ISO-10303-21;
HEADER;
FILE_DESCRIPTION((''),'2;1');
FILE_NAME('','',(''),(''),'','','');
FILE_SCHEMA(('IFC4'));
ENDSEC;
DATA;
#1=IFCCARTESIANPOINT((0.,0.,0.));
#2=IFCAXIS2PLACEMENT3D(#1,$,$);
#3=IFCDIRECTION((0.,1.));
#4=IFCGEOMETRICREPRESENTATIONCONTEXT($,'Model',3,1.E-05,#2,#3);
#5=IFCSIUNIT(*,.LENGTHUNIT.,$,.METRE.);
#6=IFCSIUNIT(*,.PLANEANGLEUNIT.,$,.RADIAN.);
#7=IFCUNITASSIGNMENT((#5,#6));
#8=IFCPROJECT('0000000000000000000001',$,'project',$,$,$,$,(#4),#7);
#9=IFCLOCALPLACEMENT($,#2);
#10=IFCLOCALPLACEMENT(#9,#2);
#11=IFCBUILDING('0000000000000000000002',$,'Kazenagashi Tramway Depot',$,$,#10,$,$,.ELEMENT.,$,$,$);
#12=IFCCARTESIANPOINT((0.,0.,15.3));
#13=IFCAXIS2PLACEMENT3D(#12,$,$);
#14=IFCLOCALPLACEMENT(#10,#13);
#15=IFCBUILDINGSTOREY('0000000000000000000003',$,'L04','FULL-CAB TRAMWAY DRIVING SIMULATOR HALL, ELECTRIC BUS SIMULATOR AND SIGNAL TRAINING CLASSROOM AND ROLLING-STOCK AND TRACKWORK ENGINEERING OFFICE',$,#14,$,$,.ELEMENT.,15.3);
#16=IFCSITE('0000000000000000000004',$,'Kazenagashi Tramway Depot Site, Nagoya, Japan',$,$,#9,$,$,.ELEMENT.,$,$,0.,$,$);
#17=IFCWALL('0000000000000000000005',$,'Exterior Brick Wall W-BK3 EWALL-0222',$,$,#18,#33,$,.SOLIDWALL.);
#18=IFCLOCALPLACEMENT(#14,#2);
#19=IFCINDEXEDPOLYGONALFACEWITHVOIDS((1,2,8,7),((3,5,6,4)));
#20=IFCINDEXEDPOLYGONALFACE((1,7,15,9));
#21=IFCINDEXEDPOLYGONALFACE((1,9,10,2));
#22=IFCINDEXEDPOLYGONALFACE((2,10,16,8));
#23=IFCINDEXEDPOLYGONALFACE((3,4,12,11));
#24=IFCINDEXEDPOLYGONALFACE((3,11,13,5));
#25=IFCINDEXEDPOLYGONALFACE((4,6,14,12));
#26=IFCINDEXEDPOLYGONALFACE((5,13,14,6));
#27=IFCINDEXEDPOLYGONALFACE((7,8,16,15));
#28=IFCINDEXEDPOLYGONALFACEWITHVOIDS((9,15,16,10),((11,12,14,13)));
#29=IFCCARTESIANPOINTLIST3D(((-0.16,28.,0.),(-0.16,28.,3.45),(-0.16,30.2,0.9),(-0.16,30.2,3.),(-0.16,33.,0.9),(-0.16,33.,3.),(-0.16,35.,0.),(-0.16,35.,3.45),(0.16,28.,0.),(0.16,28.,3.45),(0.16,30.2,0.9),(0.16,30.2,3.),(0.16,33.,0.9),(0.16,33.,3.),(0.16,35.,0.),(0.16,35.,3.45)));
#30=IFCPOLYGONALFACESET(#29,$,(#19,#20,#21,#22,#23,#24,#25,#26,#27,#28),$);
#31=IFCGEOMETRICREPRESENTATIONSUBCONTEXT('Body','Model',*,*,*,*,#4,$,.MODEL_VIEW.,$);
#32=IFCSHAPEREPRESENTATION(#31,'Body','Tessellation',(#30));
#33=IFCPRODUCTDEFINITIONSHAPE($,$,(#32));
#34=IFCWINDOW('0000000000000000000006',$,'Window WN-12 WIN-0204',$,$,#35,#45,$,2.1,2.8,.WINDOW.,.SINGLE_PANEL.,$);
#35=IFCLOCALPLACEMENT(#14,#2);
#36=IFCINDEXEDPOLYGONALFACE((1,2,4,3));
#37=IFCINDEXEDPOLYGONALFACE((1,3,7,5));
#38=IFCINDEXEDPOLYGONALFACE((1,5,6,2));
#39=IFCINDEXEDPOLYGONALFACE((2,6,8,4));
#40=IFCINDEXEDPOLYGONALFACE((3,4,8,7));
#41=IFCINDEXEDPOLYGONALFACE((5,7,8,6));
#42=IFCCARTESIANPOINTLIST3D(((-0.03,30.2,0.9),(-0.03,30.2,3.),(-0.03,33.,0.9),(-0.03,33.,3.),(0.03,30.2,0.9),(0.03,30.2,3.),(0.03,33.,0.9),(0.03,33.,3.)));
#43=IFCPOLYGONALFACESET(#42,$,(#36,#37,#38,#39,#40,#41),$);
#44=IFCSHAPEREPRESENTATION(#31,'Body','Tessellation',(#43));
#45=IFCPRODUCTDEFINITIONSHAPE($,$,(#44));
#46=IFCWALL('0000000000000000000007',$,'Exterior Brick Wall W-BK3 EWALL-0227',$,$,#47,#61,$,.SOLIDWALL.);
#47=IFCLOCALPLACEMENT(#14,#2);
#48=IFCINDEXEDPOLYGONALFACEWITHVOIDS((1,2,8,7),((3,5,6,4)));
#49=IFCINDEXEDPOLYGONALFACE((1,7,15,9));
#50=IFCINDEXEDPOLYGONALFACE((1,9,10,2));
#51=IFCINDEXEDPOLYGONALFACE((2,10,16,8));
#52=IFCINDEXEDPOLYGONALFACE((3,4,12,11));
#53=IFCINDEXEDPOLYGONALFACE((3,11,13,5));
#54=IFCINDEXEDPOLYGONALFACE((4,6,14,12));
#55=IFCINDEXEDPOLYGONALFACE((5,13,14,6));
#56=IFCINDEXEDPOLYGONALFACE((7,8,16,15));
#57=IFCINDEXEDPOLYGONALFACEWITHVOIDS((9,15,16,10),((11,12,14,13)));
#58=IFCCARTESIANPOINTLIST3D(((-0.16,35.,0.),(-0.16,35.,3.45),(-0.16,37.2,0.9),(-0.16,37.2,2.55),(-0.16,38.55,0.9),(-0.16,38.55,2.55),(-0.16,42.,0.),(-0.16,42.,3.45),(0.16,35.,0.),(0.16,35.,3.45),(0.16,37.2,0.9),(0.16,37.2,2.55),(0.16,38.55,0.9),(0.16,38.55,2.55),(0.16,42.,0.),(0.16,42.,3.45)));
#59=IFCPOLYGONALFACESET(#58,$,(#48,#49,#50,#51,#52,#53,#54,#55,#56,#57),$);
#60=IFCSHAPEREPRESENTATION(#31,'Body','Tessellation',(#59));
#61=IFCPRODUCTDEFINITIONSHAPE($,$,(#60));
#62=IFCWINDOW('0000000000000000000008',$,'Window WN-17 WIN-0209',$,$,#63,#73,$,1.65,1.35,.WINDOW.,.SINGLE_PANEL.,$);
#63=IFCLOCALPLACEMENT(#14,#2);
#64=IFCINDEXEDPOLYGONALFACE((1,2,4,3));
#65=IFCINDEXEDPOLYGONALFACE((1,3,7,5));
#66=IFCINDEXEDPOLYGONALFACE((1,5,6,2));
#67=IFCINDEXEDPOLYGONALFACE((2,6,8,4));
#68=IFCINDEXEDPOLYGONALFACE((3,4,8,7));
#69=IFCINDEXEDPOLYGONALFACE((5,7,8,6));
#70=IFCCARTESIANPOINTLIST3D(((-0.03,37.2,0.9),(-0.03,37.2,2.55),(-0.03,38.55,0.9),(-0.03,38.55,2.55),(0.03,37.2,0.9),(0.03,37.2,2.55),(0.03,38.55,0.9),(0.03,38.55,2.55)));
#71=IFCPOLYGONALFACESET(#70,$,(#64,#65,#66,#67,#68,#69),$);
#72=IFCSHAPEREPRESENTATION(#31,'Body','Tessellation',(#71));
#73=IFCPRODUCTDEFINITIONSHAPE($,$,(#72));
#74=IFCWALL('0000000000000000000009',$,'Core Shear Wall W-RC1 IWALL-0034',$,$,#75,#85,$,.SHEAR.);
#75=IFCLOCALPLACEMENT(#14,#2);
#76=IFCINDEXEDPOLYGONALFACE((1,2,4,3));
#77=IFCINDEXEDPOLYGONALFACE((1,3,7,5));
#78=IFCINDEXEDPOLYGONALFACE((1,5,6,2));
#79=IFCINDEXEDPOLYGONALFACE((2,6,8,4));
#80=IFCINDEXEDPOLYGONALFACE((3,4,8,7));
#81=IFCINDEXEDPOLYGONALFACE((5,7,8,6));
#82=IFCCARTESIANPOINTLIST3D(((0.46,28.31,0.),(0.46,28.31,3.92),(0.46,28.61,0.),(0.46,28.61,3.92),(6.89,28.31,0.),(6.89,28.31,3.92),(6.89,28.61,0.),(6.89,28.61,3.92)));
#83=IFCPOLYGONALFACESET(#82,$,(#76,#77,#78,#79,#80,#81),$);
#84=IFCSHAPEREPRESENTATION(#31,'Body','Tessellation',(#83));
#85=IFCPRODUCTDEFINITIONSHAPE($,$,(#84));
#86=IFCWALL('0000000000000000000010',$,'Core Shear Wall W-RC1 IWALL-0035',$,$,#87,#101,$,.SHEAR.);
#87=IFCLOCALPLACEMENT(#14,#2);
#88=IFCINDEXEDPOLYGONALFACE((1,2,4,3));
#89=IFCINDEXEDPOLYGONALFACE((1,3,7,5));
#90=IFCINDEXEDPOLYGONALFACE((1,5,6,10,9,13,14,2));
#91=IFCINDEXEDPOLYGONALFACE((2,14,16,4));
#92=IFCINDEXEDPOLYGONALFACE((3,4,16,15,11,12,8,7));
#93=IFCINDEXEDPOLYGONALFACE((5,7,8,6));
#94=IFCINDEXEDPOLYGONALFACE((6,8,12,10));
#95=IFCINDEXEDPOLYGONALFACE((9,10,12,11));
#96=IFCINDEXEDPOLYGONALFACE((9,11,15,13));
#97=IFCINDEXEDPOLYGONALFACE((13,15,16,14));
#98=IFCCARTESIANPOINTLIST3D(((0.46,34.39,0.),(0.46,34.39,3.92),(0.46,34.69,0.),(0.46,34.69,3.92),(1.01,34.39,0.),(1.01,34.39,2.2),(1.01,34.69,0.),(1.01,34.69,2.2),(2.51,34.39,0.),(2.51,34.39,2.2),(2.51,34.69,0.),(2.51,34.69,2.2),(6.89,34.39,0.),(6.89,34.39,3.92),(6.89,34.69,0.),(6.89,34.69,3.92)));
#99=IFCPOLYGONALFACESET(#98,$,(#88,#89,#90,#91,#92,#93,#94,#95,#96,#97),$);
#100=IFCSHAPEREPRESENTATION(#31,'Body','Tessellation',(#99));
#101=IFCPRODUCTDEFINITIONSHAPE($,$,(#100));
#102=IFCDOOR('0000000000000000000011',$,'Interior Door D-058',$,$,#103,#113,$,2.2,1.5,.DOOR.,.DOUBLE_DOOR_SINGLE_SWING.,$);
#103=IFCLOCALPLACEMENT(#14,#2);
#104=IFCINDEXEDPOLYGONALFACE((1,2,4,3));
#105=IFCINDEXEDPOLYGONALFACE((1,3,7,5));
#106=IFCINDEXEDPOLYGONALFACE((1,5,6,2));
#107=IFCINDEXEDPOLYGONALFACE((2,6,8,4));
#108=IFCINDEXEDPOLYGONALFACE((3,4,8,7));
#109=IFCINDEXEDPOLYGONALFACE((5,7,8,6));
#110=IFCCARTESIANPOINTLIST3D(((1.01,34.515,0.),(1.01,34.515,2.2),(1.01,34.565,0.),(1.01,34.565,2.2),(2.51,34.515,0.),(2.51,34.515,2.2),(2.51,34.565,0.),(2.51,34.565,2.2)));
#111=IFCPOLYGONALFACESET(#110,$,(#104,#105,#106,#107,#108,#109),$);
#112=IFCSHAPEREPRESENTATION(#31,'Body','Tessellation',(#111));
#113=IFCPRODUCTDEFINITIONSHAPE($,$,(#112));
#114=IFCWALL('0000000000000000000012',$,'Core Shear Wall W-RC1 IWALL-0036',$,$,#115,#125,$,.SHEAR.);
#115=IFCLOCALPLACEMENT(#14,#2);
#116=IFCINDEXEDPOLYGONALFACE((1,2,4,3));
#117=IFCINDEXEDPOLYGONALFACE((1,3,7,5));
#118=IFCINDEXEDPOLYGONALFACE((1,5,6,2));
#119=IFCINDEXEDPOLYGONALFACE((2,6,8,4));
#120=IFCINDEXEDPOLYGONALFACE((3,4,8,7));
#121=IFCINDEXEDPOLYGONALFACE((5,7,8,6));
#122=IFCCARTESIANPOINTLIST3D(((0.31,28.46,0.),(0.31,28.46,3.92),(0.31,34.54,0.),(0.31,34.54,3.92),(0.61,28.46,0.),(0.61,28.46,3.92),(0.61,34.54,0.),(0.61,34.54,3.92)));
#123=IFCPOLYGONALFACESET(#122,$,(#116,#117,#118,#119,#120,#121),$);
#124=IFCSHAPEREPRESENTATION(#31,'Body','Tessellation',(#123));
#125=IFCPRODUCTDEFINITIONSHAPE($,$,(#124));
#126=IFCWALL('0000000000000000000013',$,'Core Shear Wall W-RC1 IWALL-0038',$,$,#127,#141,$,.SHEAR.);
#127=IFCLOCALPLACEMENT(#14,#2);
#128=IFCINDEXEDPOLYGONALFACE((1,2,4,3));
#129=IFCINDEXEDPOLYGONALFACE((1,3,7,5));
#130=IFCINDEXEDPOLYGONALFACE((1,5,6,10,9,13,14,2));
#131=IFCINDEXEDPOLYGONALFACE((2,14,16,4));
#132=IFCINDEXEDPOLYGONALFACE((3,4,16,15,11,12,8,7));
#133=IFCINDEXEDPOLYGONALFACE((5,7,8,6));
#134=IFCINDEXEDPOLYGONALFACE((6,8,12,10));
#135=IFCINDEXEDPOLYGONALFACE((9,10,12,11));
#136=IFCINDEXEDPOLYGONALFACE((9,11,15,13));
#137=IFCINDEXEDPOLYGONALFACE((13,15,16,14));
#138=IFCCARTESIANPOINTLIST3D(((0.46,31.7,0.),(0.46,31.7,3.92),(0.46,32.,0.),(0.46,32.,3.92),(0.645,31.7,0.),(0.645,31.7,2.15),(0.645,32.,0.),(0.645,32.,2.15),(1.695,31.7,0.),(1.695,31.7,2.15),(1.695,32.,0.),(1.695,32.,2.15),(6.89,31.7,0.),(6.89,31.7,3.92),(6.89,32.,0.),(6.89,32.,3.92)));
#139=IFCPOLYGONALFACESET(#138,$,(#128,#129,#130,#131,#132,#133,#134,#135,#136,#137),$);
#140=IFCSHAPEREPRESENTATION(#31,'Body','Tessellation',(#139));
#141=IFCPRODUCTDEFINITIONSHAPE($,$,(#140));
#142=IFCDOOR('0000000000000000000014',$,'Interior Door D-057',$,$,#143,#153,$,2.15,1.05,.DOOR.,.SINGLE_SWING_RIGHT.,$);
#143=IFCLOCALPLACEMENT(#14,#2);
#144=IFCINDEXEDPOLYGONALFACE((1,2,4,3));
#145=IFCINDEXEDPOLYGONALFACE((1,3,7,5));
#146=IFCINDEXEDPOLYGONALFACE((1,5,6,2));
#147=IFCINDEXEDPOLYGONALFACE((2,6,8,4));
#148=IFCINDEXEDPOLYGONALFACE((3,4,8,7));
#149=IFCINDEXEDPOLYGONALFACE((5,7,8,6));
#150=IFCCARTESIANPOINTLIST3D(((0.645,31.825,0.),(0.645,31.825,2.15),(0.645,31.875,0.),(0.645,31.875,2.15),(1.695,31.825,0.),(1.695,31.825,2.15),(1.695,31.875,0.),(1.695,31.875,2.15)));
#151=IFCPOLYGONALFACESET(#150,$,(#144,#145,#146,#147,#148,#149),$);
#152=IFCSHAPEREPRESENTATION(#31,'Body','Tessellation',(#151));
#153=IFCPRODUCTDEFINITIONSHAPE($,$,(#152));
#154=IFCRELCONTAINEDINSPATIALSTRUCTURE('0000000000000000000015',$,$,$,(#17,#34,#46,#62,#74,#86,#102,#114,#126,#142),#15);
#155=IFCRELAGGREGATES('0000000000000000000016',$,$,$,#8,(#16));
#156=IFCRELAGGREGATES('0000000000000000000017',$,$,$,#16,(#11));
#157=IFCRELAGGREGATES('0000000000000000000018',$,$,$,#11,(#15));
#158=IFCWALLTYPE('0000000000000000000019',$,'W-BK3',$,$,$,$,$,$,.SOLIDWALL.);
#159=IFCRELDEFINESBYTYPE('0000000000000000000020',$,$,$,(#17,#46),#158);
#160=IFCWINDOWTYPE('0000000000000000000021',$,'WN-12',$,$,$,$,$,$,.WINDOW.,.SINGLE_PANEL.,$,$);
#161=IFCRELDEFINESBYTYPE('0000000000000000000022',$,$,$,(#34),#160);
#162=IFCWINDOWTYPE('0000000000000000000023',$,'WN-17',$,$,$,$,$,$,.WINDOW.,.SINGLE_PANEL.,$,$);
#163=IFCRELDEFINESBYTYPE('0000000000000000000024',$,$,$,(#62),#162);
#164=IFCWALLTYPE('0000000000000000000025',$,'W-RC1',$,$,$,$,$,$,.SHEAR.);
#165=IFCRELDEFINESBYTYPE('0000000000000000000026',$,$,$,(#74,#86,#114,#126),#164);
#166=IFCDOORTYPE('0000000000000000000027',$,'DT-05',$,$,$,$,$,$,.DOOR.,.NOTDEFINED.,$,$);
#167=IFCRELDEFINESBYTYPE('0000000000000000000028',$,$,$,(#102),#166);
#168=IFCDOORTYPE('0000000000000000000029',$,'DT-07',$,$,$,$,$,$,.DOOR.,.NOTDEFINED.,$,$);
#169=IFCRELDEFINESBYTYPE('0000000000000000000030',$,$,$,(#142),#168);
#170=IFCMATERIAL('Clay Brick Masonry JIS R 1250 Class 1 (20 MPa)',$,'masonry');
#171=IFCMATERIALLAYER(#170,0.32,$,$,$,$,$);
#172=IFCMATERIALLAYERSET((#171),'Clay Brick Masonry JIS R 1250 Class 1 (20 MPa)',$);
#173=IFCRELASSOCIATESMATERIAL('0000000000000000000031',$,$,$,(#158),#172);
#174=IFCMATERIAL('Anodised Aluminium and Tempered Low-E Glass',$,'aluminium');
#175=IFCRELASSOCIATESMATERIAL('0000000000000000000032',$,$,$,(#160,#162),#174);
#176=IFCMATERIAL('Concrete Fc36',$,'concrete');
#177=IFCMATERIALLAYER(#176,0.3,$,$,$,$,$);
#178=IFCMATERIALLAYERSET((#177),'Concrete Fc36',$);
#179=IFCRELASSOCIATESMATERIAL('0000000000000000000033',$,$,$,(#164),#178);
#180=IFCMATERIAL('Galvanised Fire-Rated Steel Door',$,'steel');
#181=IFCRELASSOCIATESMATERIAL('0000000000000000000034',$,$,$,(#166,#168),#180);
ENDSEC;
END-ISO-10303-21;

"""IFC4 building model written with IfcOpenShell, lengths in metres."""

from ifc_helpers import new_model, si_unit, direction, frame, frame_2d, origin, place, context, subcontext, project, spatial, rectangle, extrude, material, layer, layer_set, type_object, element, fill, save


model = new_model("IFC4")

# Units and contexts
model_context = context("Model", 3, precision=1e-05, world=origin(), true_north=direction((0.0, 1.0)))
body_context = subcontext(model_context, "Body", "Model", "MODEL_VIEW")
ifc_project = project(units=[si_unit("LENGTHUNIT", "METRE"), si_unit("PLANEANGLEUNIT", "RADIAN")], contexts=[model_context])

# Site, building, storey
site_placement = place(None, origin())
site = spatial("IfcSite", under=ifc_project, at=site_placement, Name="Kazenagashi Tramway Depot Site, Nagoya, Japan", CompositionType="ELEMENT", RefElevation=0.0)
building_placement = place(site_placement, origin())
building = spatial("IfcBuilding", under=site, at=building_placement, Name="Kazenagashi Tramway Depot", CompositionType="ELEMENT")
storey_placement = place(building_placement, frame((0.0, 0.0, 15.3)))
storey = spatial("IfcBuildingStorey", under=building, at=storey_placement, Name="L04", Description="FULL-CAB TRAMWAY DRIVING SIMULATOR HALL, ELECTRIC BUS SIMULATOR AND SIGNAL TRAINING CLASSROOM AND ROLLING-STOCK AND TRACKWORK ENGINEERING OFFICE", CompositionType="ELEMENT", Elevation=15.3)

# Walls, openings, windows
ifc_material_1 = material(Name="Clay Brick Masonry JIS R 1250 Class 1 (20 MPa)", Category="masonry")
ifc_layer_1 = layer(ifc_material_1, 0.32)
ifc_layer_set_1 = layer_set([ifc_layer_1], Name="Clay Brick Masonry JIS R 1250 Class 1 (20 MPa)")
wall_type_1 = type_object("IfcWallType", Name="W-BK3", PredefinedType="SOLIDWALL", material=ifc_layer_set_1)
wall_1_placement = place(storey_placement, frame((0.0, 28.0, 0.0), z_axis=(0.0, 0.0, 1.0), x_axis=(0.0, 1.0, 0.0)))
wall_1 = element("IfcWall", 1, at=wall_1_placement, inside=storey, type_object=wall_type_1, Name="Exterior Brick Wall W-BK3 EWALL-0222", PredefinedType="SOLIDWALL", context=body_context, shape_type="SweptSolid", body=[
    extrude(rectangle(XDim=7.0, YDim=0.32, at=frame_2d((3.5, 0.0))), origin(), (0.0, 0.0, 1.0), 3.45),
])
opening_1_placement = place(wall_1_placement, frame((2.2, 0.0, 0.9)))
opening_1 = element("IfcOpeningElement", 2, at=opening_1_placement, cuts=wall_1, PredefinedType="OPENING", context=body_context, shape_type="SweptSolid", body=[
    extrude(rectangle(XDim=2.8, YDim=2.1, at=frame_2d((1.4, 1.05))), frame((0.0, 0.17, 0.0), z_axis=(0.0, -1.0, 0.0), x_axis=(1.0, 0.0, 0.0)), (0.0, 0.0, 1.0), 0.34),
])
ifc_material_2 = material(Name="Anodised Aluminium and Tempered Low-E Glass", Category="aluminium")
window_type_1 = type_object("IfcWindowType", Name="WN-12", PartitioningType="SINGLE_PANEL", PredefinedType="WINDOW", material=ifc_material_2)
window_1_placement = place(opening_1_placement, origin())
window_1 = element("IfcWindow", 3, at=window_1_placement, inside=storey, type_object=window_type_1, Name="Window WN-12 WIN-0204", OverallHeight=2.1, OverallWidth=2.8, PartitioningType="SINGLE_PANEL", PredefinedType="WINDOW", context=body_context, shape_type="SweptSolid", body=[
    extrude(rectangle(XDim=2.8, YDim=2.1, at=frame_2d((1.4, 1.05))), frame((0.0, 0.03, 0.0), z_axis=(0.0, -1.0, 0.0), x_axis=(1.0, 0.0, 0.0)), (0.0, 0.0, 1.0), 0.06),
])
fill(opening_1, window_1)
wall_2_placement = place(storey_placement, frame((0.0, 35.0, 0.0), z_axis=(0.0, 0.0, 1.0), x_axis=(0.0, 1.0, 0.0)))
wall_2 = element("IfcWall", 4, at=wall_2_placement, inside=storey, type_object=wall_type_1, Name="Exterior Brick Wall W-BK3 EWALL-0227", PredefinedType="SOLIDWALL", context=body_context, shape_type="SweptSolid", body=[
    extrude(rectangle(XDim=7.0, YDim=0.32, at=frame_2d((3.5, 0.0))), origin(), (0.0, 0.0, 1.0), 3.45),
])
opening_2_placement = place(wall_2_placement, frame((2.2, 0.0, 0.9)))
opening_2 = element("IfcOpeningElement", 5, at=opening_2_placement, cuts=wall_2, PredefinedType="OPENING", context=body_context, shape_type="SweptSolid", body=[
    extrude(rectangle(XDim=1.35, YDim=1.65, at=frame_2d((0.675, 0.825))), frame((0.0, 0.17, 0.0), z_axis=(0.0, -1.0, 0.0), x_axis=(1.0, 0.0, 0.0)), (0.0, 0.0, 1.0), 0.34),
])
window_type_2 = type_object("IfcWindowType", Name="WN-17", PartitioningType="SINGLE_PANEL", PredefinedType="WINDOW", material=ifc_material_2)
window_2_placement = place(opening_2_placement, origin())
window_2 = element("IfcWindow", 6, at=window_2_placement, inside=storey, type_object=window_type_2, Name="Window WN-17 WIN-0209", OverallHeight=1.65, OverallWidth=1.35, PartitioningType="SINGLE_PANEL", PredefinedType="WINDOW", context=body_context, shape_type="SweptSolid", body=[
    extrude(rectangle(XDim=1.35, YDim=1.65, at=frame_2d((0.675, 0.825))), frame((0.0, 0.03, 0.0), z_axis=(0.0, -1.0, 0.0), x_axis=(1.0, 0.0, 0.0)), (0.0, 0.0, 1.0), 0.06),
])
fill(opening_2, window_2)

# Wall
ifc_material_3 = material(Name="Concrete Fc36", Category="concrete")
ifc_layer_2 = layer(ifc_material_3, 0.3)
ifc_layer_set_2 = layer_set([ifc_layer_2], Name="Concrete Fc36")
wall_type_2 = type_object("IfcWallType", Name="W-RC1", PredefinedType="SHEAR", material=ifc_layer_set_2)
wall_3_placement = place(storey_placement, frame((0.46, 28.46, 0.0), z_axis=(0.0, 0.0, 1.0), x_axis=(1.0, 0.0, 0.0)))
element("IfcWall", 7, at=wall_3_placement, inside=storey, type_object=wall_type_2, Name="Core Shear Wall W-RC1 IWALL-0034", PredefinedType="SHEAR", context=body_context, shape_type="SweptSolid", body=[
    extrude(rectangle(XDim=6.43, YDim=0.3, at=frame_2d((3.215, 0.0))), origin(), (0.0, 0.0, 1.0), 3.92),
])

# Wall, opening, door
wall_4_placement = place(storey_placement, frame((0.46, 34.54, 0.0), z_axis=(0.0, 0.0, 1.0), x_axis=(1.0, 0.0, 0.0)))
wall_4 = element("IfcWall", 8, at=wall_4_placement, inside=storey, type_object=wall_type_2, Name="Core Shear Wall W-RC1 IWALL-0035", PredefinedType="SHEAR", context=body_context, shape_type="SweptSolid", body=[
    extrude(rectangle(XDim=6.43, YDim=0.3, at=frame_2d((3.215, 0.0))), origin(), (0.0, 0.0, 1.0), 3.92),
])
opening_3_placement = place(wall_4_placement, frame((0.55, 0.0, 0.0)))
opening_3 = element("IfcOpeningElement", 9, at=opening_3_placement, cuts=wall_4, PredefinedType="OPENING", context=body_context, shape_type="SweptSolid", body=[
    extrude(rectangle(XDim=1.5, YDim=2.2, at=frame_2d((0.75, 1.1))), frame((0.0, 0.16, 0.0), z_axis=(0.0, -1.0, 0.0), x_axis=(1.0, 0.0, 0.0)), (0.0, 0.0, 1.0), 0.32),
])
ifc_material_4 = material(Name="Galvanised Fire-Rated Steel Door", Category="steel")
door_type_1 = type_object("IfcDoorType", Name="DT-05", OperationType="NOTDEFINED", PredefinedType="DOOR", material=ifc_material_4)
door_1_placement = place(opening_3_placement, origin())
door_1 = element("IfcDoor", 10, at=door_1_placement, inside=storey, type_object=door_type_1, Name="Interior Door D-058", OperationType="DOUBLE_DOOR_SINGLE_SWING", OverallHeight=2.2, OverallWidth=1.5, PredefinedType="DOOR", context=body_context, shape_type="SweptSolid", body=[
    extrude(rectangle(XDim=1.5, YDim=2.2, at=frame_2d((0.75, 1.1))), frame((0.0, 0.025, 0.0), z_axis=(0.0, -1.0, 0.0), x_axis=(1.0, 0.0, 0.0)), (0.0, 0.0, 1.0), 0.05),
])
fill(opening_3, door_1)

# Wall
wall_5_placement = place(storey_placement, frame((0.46, 28.46, 0.0), z_axis=(0.0, 0.0, 1.0), x_axis=(0.0, 1.0, 0.0)))
element("IfcWall", 11, at=wall_5_placement, inside=storey, type_object=wall_type_2, Name="Core Shear Wall W-RC1 IWALL-0036", PredefinedType="SHEAR", context=body_context, shape_type="SweptSolid", body=[
    extrude(rectangle(XDim=6.08, YDim=0.3, at=frame_2d((3.04, 0.0))), origin(), (0.0, 0.0, 1.0), 3.92),
])

# Wall, opening, door
wall_6_placement = place(storey_placement, frame((0.46, 31.85, 0.0), z_axis=(0.0, 0.0, 1.0), x_axis=(1.0, 0.0, 0.0)))
wall_6 = element("IfcWall", 12, at=wall_6_placement, inside=storey, type_object=wall_type_2, Name="Core Shear Wall W-RC1 IWALL-0038", PredefinedType="SHEAR", context=body_context, shape_type="SweptSolid", body=[
    extrude(rectangle(XDim=6.43, YDim=0.3, at=frame_2d((3.215, 0.0))), origin(), (0.0, 0.0, 1.0), 3.92),
])
opening_4_placement = place(wall_6_placement, frame((0.185, 0.0, 0.0)))
opening_4 = element("IfcOpeningElement", 13, at=opening_4_placement, cuts=wall_6, PredefinedType="OPENING", context=body_context, shape_type="SweptSolid", body=[
    extrude(rectangle(XDim=1.05, YDim=2.15, at=frame_2d((0.525, 1.075))), frame((0.0, 0.16, 0.0), z_axis=(0.0, -1.0, 0.0), x_axis=(1.0, 0.0, 0.0)), (0.0, 0.0, 1.0), 0.32),
])
door_type_2 = type_object("IfcDoorType", Name="DT-07", OperationType="NOTDEFINED", PredefinedType="DOOR", material=ifc_material_4)
door_2_placement = place(opening_4_placement, origin())
door_2 = element("IfcDoor", 14, at=door_2_placement, inside=storey, type_object=door_type_2, Name="Interior Door D-057", OperationType="SINGLE_SWING_RIGHT", OverallHeight=2.15, OverallWidth=1.05, PredefinedType="DOOR", context=body_context, shape_type="SweptSolid", body=[
    extrude(rectangle(XDim=1.05, YDim=2.15, at=frame_2d((0.525, 1.075))), frame((0.0, 0.025, 0.0), z_axis=(0.0, -1.0, 0.0), x_axis=(1.0, 0.0, 0.0)), (0.0, 0.0, 1.0), 0.05),
])
fill(opening_4, door_2)

save(model, "model.ifc")
